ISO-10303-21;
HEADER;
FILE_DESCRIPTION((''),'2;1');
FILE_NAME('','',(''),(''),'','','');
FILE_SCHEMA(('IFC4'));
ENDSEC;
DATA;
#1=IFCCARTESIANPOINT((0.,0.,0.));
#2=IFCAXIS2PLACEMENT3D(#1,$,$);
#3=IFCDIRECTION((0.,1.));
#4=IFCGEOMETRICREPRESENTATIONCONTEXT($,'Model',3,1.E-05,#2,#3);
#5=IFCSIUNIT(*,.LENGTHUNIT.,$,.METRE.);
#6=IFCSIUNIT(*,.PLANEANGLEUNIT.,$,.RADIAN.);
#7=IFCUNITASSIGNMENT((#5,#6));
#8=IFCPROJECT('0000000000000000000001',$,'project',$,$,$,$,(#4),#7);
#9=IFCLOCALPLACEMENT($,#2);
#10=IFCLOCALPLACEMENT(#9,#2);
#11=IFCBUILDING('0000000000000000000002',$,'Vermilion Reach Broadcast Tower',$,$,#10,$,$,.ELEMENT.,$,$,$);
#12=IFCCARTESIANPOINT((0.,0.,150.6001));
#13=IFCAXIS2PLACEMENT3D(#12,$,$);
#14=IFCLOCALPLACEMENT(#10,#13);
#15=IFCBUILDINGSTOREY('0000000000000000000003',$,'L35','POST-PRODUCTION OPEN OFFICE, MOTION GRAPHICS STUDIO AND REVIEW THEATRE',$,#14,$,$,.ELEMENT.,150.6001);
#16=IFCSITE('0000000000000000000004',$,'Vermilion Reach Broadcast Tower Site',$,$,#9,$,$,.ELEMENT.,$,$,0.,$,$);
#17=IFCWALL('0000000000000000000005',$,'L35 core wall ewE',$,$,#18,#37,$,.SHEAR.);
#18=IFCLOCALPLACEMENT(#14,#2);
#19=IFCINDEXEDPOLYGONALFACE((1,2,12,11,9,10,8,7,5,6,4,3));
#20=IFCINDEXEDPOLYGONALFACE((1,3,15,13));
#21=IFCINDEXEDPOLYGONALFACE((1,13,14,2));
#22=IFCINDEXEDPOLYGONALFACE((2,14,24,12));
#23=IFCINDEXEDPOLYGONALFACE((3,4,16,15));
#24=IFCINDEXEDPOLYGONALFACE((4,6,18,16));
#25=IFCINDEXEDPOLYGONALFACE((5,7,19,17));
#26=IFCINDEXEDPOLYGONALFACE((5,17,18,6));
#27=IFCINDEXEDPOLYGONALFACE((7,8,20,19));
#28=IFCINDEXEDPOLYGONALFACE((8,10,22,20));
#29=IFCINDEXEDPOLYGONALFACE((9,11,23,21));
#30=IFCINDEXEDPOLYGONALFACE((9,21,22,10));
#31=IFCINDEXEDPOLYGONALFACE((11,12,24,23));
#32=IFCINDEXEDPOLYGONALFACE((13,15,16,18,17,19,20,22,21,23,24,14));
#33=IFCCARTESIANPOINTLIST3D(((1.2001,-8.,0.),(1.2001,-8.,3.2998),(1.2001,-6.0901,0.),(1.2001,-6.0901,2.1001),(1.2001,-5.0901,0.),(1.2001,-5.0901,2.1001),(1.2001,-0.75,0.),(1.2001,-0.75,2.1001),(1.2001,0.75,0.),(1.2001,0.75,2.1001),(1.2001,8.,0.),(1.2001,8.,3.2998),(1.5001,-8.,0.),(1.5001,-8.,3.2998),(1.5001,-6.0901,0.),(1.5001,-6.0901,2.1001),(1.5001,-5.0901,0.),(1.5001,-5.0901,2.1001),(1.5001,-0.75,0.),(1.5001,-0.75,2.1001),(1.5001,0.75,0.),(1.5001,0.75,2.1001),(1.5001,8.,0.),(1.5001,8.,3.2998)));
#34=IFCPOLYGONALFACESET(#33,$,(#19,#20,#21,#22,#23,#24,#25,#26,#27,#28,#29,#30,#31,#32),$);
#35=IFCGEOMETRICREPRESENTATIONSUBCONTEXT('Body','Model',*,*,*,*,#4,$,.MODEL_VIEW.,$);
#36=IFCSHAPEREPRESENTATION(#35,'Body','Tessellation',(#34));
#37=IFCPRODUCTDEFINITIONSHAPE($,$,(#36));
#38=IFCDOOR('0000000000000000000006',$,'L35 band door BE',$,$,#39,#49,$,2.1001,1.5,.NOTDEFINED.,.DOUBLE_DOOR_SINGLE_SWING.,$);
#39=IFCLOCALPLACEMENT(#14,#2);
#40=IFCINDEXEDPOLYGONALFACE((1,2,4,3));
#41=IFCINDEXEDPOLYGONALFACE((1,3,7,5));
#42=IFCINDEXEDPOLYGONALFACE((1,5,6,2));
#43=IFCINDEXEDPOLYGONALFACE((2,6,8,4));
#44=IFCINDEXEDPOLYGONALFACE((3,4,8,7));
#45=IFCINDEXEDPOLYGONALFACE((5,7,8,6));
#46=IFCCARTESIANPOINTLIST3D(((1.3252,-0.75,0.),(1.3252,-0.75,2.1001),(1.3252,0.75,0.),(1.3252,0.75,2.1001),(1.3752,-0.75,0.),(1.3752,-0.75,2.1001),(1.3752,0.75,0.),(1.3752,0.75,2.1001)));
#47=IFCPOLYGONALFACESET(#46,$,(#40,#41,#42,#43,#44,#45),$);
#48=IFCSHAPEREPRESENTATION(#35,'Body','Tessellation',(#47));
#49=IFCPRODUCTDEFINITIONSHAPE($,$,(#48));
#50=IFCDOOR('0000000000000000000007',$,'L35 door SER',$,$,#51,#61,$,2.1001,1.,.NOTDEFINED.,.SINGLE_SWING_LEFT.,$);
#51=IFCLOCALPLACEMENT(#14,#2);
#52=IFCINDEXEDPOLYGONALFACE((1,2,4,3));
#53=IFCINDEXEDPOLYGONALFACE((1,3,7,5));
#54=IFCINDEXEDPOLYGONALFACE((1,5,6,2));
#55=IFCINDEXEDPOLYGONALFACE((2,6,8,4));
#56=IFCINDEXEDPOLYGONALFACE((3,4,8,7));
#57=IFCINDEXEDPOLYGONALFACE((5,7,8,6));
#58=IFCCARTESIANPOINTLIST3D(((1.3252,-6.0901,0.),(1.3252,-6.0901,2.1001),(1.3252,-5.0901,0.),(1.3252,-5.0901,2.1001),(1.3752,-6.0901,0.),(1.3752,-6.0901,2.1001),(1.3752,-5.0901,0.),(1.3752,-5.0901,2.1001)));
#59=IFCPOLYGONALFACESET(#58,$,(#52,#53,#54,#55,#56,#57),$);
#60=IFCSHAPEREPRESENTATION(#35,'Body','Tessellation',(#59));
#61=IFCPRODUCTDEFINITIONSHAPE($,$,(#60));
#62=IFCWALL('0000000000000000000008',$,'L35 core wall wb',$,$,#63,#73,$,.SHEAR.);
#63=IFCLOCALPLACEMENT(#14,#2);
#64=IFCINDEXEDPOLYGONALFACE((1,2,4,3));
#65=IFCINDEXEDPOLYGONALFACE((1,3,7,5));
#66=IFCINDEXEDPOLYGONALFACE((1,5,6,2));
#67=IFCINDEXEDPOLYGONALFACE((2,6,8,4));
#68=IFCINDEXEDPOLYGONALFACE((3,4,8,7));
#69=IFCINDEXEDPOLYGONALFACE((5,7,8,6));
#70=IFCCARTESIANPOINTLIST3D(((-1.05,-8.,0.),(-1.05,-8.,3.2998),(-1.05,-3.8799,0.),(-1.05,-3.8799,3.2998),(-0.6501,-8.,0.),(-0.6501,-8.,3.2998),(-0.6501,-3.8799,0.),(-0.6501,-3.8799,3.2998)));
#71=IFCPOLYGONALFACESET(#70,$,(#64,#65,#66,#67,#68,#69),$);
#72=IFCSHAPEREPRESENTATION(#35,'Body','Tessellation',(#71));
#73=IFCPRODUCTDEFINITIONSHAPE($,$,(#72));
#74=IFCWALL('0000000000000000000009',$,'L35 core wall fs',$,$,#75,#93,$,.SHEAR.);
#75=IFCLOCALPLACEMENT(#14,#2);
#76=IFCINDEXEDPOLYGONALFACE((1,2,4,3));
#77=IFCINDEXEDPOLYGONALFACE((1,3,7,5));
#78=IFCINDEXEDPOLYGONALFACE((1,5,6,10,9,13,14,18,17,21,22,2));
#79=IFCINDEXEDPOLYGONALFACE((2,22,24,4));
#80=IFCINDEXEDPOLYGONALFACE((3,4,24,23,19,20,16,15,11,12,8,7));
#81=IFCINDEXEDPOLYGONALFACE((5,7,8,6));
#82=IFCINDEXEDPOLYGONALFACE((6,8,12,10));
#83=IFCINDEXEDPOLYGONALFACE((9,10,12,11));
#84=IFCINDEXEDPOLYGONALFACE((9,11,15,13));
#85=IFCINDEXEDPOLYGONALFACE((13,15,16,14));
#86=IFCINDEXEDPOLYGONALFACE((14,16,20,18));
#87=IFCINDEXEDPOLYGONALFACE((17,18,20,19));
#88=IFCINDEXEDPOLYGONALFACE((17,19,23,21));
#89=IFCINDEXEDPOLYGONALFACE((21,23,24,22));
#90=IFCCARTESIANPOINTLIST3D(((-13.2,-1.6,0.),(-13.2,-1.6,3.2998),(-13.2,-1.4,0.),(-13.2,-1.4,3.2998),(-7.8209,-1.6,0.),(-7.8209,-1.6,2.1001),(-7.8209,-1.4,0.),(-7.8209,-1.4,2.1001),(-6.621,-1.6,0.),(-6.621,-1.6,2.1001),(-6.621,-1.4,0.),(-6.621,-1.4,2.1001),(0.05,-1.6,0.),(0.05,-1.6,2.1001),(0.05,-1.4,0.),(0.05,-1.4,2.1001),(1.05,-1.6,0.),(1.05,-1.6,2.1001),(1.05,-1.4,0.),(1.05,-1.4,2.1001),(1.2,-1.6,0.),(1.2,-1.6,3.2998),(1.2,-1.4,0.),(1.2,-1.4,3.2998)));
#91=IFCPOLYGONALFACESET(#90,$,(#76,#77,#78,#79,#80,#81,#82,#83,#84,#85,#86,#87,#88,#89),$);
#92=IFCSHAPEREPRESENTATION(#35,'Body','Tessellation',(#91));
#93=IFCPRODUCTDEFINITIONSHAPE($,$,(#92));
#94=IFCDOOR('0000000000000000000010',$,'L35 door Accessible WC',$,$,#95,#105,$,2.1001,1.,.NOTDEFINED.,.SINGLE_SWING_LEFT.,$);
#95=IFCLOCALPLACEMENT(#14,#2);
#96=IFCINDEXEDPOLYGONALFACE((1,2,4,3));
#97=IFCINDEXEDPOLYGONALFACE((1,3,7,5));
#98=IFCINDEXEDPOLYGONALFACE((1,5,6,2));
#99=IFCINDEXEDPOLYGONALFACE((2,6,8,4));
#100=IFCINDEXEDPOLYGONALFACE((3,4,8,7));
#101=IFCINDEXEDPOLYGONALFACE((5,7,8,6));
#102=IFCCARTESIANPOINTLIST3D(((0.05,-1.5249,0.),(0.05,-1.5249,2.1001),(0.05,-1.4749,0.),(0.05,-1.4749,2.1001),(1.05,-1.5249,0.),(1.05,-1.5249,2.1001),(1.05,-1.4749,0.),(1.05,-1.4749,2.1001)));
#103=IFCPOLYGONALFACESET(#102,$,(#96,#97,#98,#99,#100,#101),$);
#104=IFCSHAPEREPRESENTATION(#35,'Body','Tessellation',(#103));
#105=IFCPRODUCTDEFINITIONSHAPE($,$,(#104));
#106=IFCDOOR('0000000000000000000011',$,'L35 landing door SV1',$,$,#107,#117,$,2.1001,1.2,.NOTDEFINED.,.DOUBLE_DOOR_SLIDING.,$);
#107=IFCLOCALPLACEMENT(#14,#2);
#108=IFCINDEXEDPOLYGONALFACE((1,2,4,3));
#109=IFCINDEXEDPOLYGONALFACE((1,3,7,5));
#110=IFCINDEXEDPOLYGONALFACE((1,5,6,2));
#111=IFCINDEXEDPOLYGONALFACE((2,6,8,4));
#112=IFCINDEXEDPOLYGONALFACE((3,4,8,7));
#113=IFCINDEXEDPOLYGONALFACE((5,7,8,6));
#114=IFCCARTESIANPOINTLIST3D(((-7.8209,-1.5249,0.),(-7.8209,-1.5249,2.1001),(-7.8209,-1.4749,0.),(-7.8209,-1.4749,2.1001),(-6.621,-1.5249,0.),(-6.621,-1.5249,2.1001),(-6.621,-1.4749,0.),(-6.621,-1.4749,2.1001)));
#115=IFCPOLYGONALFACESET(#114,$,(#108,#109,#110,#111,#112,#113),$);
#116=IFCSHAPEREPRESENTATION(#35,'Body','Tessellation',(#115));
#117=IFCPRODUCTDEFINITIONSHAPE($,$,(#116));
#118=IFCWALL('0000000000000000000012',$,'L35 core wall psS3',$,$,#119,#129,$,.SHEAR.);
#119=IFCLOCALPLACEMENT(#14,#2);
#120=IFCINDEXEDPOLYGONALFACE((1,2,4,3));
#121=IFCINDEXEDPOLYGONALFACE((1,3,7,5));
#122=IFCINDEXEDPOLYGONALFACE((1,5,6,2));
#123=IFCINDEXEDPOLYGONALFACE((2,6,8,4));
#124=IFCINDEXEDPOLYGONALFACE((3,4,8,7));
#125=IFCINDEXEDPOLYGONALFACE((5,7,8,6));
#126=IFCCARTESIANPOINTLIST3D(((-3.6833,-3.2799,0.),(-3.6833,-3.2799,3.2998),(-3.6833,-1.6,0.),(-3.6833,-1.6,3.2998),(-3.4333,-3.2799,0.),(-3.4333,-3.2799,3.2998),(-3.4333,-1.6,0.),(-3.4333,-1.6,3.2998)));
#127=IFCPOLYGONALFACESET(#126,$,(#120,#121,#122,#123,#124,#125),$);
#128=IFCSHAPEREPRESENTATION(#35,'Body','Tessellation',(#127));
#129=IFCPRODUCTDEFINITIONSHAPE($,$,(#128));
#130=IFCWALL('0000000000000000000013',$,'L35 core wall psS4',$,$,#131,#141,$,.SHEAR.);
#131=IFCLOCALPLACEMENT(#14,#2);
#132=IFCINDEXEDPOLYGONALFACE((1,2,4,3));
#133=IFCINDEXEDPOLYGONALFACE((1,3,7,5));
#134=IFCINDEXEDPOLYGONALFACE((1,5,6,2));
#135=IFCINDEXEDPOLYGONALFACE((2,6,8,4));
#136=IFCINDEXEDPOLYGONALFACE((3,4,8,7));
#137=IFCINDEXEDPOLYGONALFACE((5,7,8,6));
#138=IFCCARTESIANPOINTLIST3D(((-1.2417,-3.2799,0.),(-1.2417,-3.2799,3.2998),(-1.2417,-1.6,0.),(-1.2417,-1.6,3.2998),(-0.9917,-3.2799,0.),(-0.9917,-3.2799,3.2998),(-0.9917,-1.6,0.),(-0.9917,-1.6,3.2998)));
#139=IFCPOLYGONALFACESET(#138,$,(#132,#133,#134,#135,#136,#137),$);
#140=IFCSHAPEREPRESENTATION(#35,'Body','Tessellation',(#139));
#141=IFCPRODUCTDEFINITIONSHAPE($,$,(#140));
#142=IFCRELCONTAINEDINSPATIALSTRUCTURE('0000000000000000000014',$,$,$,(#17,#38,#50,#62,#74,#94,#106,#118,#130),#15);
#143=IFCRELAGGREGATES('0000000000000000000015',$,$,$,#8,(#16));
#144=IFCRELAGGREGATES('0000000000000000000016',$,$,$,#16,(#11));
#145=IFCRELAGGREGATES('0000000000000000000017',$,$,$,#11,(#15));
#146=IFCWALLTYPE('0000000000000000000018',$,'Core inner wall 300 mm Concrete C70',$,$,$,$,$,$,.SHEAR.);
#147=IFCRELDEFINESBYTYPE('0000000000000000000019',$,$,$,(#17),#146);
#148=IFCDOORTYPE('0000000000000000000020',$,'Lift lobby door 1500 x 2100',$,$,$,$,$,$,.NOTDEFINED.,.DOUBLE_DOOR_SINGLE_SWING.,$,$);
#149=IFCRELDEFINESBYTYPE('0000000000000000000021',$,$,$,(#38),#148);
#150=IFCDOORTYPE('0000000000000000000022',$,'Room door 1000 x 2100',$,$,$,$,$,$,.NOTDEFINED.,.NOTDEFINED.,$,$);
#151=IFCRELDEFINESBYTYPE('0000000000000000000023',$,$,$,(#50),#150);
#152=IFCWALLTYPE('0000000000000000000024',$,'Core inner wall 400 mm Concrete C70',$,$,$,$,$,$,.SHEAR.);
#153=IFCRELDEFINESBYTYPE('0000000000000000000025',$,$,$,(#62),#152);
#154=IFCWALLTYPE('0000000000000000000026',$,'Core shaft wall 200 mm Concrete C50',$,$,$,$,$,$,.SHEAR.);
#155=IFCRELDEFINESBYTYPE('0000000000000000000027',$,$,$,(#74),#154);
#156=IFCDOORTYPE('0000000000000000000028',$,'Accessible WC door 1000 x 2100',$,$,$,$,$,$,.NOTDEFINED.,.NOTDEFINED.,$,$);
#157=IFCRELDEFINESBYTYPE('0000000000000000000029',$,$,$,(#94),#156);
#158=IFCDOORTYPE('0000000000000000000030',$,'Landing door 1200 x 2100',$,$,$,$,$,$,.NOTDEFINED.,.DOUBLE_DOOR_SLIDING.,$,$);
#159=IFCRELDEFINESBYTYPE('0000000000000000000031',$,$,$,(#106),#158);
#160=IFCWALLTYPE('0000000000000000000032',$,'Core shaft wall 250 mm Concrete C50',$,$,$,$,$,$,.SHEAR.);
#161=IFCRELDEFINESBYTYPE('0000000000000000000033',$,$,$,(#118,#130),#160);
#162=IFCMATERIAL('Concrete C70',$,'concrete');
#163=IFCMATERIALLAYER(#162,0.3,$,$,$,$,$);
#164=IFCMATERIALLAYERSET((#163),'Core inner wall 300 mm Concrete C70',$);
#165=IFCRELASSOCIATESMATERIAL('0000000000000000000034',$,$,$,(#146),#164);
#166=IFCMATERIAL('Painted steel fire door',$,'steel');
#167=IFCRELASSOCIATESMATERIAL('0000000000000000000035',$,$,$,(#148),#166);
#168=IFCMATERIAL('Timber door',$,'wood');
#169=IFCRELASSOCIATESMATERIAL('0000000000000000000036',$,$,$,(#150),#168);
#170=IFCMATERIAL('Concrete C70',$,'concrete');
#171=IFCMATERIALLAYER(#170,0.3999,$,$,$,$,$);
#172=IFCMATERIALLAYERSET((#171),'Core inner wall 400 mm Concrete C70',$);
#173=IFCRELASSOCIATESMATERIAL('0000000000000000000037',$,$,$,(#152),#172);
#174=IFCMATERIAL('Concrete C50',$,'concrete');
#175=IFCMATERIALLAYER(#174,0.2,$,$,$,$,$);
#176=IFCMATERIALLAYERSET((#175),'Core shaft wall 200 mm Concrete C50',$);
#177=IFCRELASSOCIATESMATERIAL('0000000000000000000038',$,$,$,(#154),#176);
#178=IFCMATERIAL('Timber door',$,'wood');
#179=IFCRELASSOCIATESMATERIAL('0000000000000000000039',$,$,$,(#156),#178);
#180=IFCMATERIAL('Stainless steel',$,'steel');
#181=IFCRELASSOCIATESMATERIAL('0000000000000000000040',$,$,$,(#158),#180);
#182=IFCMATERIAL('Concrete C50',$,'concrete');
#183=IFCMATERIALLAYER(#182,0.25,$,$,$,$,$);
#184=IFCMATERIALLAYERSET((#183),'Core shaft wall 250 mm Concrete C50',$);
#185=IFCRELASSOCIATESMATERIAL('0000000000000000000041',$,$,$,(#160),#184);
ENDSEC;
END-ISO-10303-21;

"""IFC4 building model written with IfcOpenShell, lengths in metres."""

from ifc_helpers import new_model, si_unit, direction, frame, frame_2d, origin, place, context, subcontext, project, spatial, rectangle, extrude, material, layer, layer_set, type_object, element, fill, save


model = new_model("IFC4")

# Units and contexts
model_context = context("Model", 3, precision=1e-05, world=origin(), true_north=direction((0.0, 1.0)))
body_context = subcontext(model_context, "Body", "Model", "MODEL_VIEW")
ifc_project = project(units=[si_unit("LENGTHUNIT", "METRE"), si_unit("PLANEANGLEUNIT", "RADIAN")], contexts=[model_context])

# Site, building, storey
site_placement = place(None, origin())
site = spatial("IfcSite", under=ifc_project, at=site_placement, Name="Vermilion Reach Broadcast Tower Site", CompositionType="ELEMENT", RefElevation=0.0)
building_placement = place(site_placement, origin())
building = spatial("IfcBuilding", under=site, at=building_placement, Name="Vermilion Reach Broadcast Tower", CompositionType="ELEMENT")
storey_placement = place(building_placement, frame((0.0, 0.0, 150.6001)))
storey = spatial("IfcBuildingStorey", under=building, at=storey_placement, Name="L35", Description="POST-PRODUCTION OPEN OFFICE, MOTION GRAPHICS STUDIO AND REVIEW THEATRE", CompositionType="ELEMENT", Elevation=150.6001)

# Wall, openings, doors
ifc_material_1 = material(Name="Concrete C70", Category="concrete")
ifc_layer_1 = layer(ifc_material_1, 0.3)
ifc_layer_set_1 = layer_set([ifc_layer_1], Name="Core inner wall 300 mm Concrete C70")
wall_type_1 = type_object("IfcWallType", Name="Core inner wall 300 mm Concrete C70", PredefinedType="SHEAR", material=ifc_layer_set_1)
wall_1_placement = place(storey_placement, frame((1.3501, -8.0, 0.0), z_axis=(0.0, 0.0, 1.0), x_axis=(0.0, 1.0, 0.0)))
wall_1 = element("IfcWall", 1, at=wall_1_placement, inside=storey, type_object=wall_type_1, Name="L35 core wall ewE", PredefinedType="SHEAR", context=body_context, shape_type="SweptSolid", body=[
    extrude(rectangle(XDim=16.0, YDim=0.3, at=frame_2d((8.0, 0.0))), origin(), (0.0, 0.0, 1.0), 3.2998),
])
opening_1_placement = place(wall_1_placement, frame((1.9099, 0.0, 0.0)))
opening_1 = element("IfcOpeningElement", 2, at=opening_1_placement, cuts=wall_1, PredefinedType="OPENING", context=body_context, shape_type="SweptSolid", body=[
    extrude(rectangle(XDim=1.0, YDim=2.1001, at=frame_2d((0.5, 1.05))), frame((0.0, 0.1599, 0.0), z_axis=(0.0, -1.0, 0.0), x_axis=(1.0, 0.0, 0.0)), (0.0, 0.0, 1.0), 0.3201),
])
opening_2_placement = place(wall_1_placement, frame((7.25, 0.0, 0.0)))
opening_2 = element("IfcOpeningElement", 3, at=opening_2_placement, cuts=wall_1, PredefinedType="OPENING", context=body_context, shape_type="SweptSolid", body=[
    extrude(rectangle(XDim=1.5, YDim=2.1001, at=frame_2d((0.75, 1.05))), frame((0.0, 0.1599, 0.0), z_axis=(0.0, -1.0, 0.0), x_axis=(1.0, 0.0, 0.0)), (0.0, 0.0, 1.0), 0.3201),
])
ifc_material_2 = material(Name="Painted steel fire door", Category="steel")
door_type_1 = type_object("IfcDoorType", Name="Lift lobby door 1500 x 2100", OperationType="DOUBLE_DOOR_SINGLE_SWING", PredefinedType="NOTDEFINED", material=ifc_material_2)
door_1_placement = place(opening_2_placement, origin())
door_1 = element("IfcDoor", 4, at=door_1_placement, inside=storey, type_object=door_type_1, Name="L35 band door BE", OperationType="DOUBLE_DOOR_SINGLE_SWING", OverallHeight=2.1001, OverallWidth=1.5, PredefinedType="NOTDEFINED", context=body_context, shape_type="SweptSolid", body=[
    extrude(rectangle(XDim=1.5, YDim=2.1001, at=frame_2d((0.75, 1.05))), frame((0.0, 0.0249, 0.0), z_axis=(0.0, -1.0, 0.0), x_axis=(1.0, 0.0, 0.0)), (0.0, 0.0, 1.0), 0.05),
])
fill(opening_2, door_1)
ifc_material_3 = material(Name="Timber door", Category="wood")
door_type_2 = type_object("IfcDoorType", Name="Room door 1000 x 2100", OperationType="NOTDEFINED", PredefinedType="NOTDEFINED", material=ifc_material_3)
door_2_placement = place(opening_1_placement, origin())
door_2 = element("IfcDoor", 5, at=door_2_placement, inside=storey, type_object=door_type_2, Name="L35 door SER", OperationType="SINGLE_SWING_LEFT", OverallHeight=2.1001, OverallWidth=1.0, PredefinedType="NOTDEFINED", context=body_context, shape_type="SweptSolid", body=[
    extrude(rectangle(XDim=1.0, YDim=2.1001, at=frame_2d((0.5, 1.05))), frame((0.0, 0.0249, 0.0), z_axis=(0.0, -1.0, 0.0), x_axis=(1.0, 0.0, 0.0)), (0.0, 0.0, 1.0), 0.05),
])
fill(opening_1, door_2)

# Wall
ifc_material_4 = material(Name="Concrete C70", Category="concrete")
ifc_layer_2 = layer(ifc_material_4, 0.3999)
ifc_layer_set_2 = layer_set([ifc_layer_2], Name="Core inner wall 400 mm Concrete C70")
wall_type_2 = type_object("IfcWallType", Name="Core inner wall 400 mm Concrete C70", PredefinedType="SHEAR", material=ifc_layer_set_2)
wall_2_placement = place(storey_placement, frame((-0.8501, -3.8799, 0.0), z_axis=(0.0, 0.0, 1.0), x_axis=(0.0, -1.0, 0.0)))
element("IfcWall", 6, at=wall_2_placement, inside=storey, type_object=wall_type_2, Name="L35 core wall wb", PredefinedType="SHEAR", context=body_context, shape_type="SweptSolid", body=[
    extrude(rectangle(XDim=4.1201, YDim=0.3999, at=frame_2d((2.0601, 0.0))), origin(), (0.0, 0.0, 1.0), 3.2998),
])

# Wall, openings, doors
ifc_material_5 = material(Name="Concrete C50", Category="concrete")
ifc_layer_3 = layer(ifc_material_5, 0.2)
ifc_layer_set_3 = layer_set([ifc_layer_3], Name="Core shaft wall 200 mm Concrete C50")
wall_type_3 = type_object("IfcWallType", Name="Core shaft wall 200 mm Concrete C50", PredefinedType="SHEAR", material=ifc_layer_set_3)
wall_3_placement = place(storey_placement, frame((1.2, -1.5, 0.0), z_axis=(0.0, 0.0, 1.0), x_axis=(-1.0, 0.0, 0.0)))
wall_3 = element("IfcWall", 7, at=wall_3_placement, inside=storey, type_object=wall_type_3, Name="L35 core wall fs", PredefinedType="SHEAR", context=body_context, shape_type="SweptSolid", body=[
    extrude(rectangle(XDim=14.3999, YDim=0.2, at=frame_2d((7.2, 0.0))), origin(), (0.0, 0.0, 1.0), 3.2998),
])
opening_3_placement = place(wall_3_placement, frame((7.8208, 0.0, 0.0)))
opening_3 = element("IfcOpeningElement", 8, at=opening_3_placement, cuts=wall_3, PredefinedType="OPENING", context=body_context, shape_type="SweptSolid", body=[
    extrude(rectangle(XDim=1.2, YDim=2.1001, at=frame_2d((0.6001, 1.05))), frame((0.0, 0.1099, 0.0), z_axis=(0.0, -1.0, 0.0), x_axis=(1.0, 0.0, 0.0)), (0.0, 0.0, 1.0), 0.22),
])
opening_4_placement = place(wall_3_placement, frame((0.1499, 0.0, 0.0)))
opening_4 = element("IfcOpeningElement", 9, at=opening_4_placement, cuts=wall_3, PredefinedType="OPENING", context=body_context, shape_type="SweptSolid", body=[
    extrude(rectangle(XDim=1.0, YDim=2.1001, at=frame_2d((0.5, 1.05))), frame((0.0, 0.1099, 0.0), z_axis=(0.0, -1.0, 0.0), x_axis=(1.0, 0.0, 0.0)), (0.0, 0.0, 1.0), 0.22),
])
ifc_material_6 = material(Name="Timber door", Category="wood")
door_type_3 = type_object("IfcDoorType", Name="Accessible WC door 1000 x 2100", OperationType="NOTDEFINED", PredefinedType="NOTDEFINED", material=ifc_material_6)
door_3_placement = place(opening_4_placement, origin())
door_3 = element("IfcDoor", 10, at=door_3_placement, inside=storey, type_object=door_type_3, Name="L35 door Accessible WC", OperationType="SINGLE_SWING_LEFT", OverallHeight=2.1001, OverallWidth=1.0, PredefinedType="NOTDEFINED", context=body_context, shape_type="SweptSolid", body=[
    extrude(rectangle(XDim=1.0, YDim=2.1001, at=frame_2d((0.5, 1.05))), frame((0.0, 0.0249, 0.0), z_axis=(0.0, -1.0, 0.0), x_axis=(1.0, 0.0, 0.0)), (0.0, 0.0, 1.0), 0.05),
])
fill(opening_4, door_3)
ifc_material_7 = material(Name="Stainless steel", Category="steel")
door_type_4 = type_object("IfcDoorType", Name="Landing door 1200 x 2100", OperationType="DOUBLE_DOOR_SLIDING", PredefinedType="NOTDEFINED", material=ifc_material_7)
door_4_placement = place(opening_3_placement, origin())
door_4 = element("IfcDoor", 11, at=door_4_placement, inside=storey, type_object=door_type_4, Name="L35 landing door SV1", OperationType="DOUBLE_DOOR_SLIDING", OverallHeight=2.1001, OverallWidth=1.2, PredefinedType="NOTDEFINED", context=body_context, shape_type="SweptSolid", body=[
    extrude(rectangle(XDim=1.2, YDim=2.1001, at=frame_2d((0.6001, 1.05))), frame((0.0, 0.0249, 0.0), z_axis=(0.0, -1.0, 0.0), x_axis=(1.0, 0.0, 0.0)), (0.0, 0.0, 1.0), 0.05),
])
fill(opening_3, door_4)

# Walls
ifc_material_8 = material(Name="Concrete C50", Category="concrete")
ifc_layer_4 = layer(ifc_material_8, 0.25)
ifc_layer_set_4 = layer_set([ifc_layer_4], Name="Core shaft wall 250 mm Concrete C50")
wall_type_4 = type_object("IfcWallType", Name="Core shaft wall 250 mm Concrete C50", PredefinedType="SHEAR", material=ifc_layer_set_4)
for number, where, z_axis, x_axis, name in (
    (12, (-3.5583, -1.6001, 0.0), (0.0, 0.0, 1.0), (0.0, -1.0, 0.0), "L35 core wall psS3"),
    (13, (-1.1167, -1.6001, 0.0), (0.0, 0.0, 1.0), (0.0, -1.0, 0.0), "L35 core wall psS4"),
):
    element("IfcWall", number, at=place(storey_placement, frame(where, z_axis=z_axis, x_axis=x_axis)), inside=storey, type_object=wall_type_4, Name=name, PredefinedType="SHEAR", context=body_context, shape_type="SweptSolid", body=[
        extrude(rectangle(XDim=1.6799, YDim=0.25, at=frame_2d((0.8398, 0.0))), origin(), (0.0, 0.0, 1.0), 3.2998),
    ])

save(model, "model.ifc")
